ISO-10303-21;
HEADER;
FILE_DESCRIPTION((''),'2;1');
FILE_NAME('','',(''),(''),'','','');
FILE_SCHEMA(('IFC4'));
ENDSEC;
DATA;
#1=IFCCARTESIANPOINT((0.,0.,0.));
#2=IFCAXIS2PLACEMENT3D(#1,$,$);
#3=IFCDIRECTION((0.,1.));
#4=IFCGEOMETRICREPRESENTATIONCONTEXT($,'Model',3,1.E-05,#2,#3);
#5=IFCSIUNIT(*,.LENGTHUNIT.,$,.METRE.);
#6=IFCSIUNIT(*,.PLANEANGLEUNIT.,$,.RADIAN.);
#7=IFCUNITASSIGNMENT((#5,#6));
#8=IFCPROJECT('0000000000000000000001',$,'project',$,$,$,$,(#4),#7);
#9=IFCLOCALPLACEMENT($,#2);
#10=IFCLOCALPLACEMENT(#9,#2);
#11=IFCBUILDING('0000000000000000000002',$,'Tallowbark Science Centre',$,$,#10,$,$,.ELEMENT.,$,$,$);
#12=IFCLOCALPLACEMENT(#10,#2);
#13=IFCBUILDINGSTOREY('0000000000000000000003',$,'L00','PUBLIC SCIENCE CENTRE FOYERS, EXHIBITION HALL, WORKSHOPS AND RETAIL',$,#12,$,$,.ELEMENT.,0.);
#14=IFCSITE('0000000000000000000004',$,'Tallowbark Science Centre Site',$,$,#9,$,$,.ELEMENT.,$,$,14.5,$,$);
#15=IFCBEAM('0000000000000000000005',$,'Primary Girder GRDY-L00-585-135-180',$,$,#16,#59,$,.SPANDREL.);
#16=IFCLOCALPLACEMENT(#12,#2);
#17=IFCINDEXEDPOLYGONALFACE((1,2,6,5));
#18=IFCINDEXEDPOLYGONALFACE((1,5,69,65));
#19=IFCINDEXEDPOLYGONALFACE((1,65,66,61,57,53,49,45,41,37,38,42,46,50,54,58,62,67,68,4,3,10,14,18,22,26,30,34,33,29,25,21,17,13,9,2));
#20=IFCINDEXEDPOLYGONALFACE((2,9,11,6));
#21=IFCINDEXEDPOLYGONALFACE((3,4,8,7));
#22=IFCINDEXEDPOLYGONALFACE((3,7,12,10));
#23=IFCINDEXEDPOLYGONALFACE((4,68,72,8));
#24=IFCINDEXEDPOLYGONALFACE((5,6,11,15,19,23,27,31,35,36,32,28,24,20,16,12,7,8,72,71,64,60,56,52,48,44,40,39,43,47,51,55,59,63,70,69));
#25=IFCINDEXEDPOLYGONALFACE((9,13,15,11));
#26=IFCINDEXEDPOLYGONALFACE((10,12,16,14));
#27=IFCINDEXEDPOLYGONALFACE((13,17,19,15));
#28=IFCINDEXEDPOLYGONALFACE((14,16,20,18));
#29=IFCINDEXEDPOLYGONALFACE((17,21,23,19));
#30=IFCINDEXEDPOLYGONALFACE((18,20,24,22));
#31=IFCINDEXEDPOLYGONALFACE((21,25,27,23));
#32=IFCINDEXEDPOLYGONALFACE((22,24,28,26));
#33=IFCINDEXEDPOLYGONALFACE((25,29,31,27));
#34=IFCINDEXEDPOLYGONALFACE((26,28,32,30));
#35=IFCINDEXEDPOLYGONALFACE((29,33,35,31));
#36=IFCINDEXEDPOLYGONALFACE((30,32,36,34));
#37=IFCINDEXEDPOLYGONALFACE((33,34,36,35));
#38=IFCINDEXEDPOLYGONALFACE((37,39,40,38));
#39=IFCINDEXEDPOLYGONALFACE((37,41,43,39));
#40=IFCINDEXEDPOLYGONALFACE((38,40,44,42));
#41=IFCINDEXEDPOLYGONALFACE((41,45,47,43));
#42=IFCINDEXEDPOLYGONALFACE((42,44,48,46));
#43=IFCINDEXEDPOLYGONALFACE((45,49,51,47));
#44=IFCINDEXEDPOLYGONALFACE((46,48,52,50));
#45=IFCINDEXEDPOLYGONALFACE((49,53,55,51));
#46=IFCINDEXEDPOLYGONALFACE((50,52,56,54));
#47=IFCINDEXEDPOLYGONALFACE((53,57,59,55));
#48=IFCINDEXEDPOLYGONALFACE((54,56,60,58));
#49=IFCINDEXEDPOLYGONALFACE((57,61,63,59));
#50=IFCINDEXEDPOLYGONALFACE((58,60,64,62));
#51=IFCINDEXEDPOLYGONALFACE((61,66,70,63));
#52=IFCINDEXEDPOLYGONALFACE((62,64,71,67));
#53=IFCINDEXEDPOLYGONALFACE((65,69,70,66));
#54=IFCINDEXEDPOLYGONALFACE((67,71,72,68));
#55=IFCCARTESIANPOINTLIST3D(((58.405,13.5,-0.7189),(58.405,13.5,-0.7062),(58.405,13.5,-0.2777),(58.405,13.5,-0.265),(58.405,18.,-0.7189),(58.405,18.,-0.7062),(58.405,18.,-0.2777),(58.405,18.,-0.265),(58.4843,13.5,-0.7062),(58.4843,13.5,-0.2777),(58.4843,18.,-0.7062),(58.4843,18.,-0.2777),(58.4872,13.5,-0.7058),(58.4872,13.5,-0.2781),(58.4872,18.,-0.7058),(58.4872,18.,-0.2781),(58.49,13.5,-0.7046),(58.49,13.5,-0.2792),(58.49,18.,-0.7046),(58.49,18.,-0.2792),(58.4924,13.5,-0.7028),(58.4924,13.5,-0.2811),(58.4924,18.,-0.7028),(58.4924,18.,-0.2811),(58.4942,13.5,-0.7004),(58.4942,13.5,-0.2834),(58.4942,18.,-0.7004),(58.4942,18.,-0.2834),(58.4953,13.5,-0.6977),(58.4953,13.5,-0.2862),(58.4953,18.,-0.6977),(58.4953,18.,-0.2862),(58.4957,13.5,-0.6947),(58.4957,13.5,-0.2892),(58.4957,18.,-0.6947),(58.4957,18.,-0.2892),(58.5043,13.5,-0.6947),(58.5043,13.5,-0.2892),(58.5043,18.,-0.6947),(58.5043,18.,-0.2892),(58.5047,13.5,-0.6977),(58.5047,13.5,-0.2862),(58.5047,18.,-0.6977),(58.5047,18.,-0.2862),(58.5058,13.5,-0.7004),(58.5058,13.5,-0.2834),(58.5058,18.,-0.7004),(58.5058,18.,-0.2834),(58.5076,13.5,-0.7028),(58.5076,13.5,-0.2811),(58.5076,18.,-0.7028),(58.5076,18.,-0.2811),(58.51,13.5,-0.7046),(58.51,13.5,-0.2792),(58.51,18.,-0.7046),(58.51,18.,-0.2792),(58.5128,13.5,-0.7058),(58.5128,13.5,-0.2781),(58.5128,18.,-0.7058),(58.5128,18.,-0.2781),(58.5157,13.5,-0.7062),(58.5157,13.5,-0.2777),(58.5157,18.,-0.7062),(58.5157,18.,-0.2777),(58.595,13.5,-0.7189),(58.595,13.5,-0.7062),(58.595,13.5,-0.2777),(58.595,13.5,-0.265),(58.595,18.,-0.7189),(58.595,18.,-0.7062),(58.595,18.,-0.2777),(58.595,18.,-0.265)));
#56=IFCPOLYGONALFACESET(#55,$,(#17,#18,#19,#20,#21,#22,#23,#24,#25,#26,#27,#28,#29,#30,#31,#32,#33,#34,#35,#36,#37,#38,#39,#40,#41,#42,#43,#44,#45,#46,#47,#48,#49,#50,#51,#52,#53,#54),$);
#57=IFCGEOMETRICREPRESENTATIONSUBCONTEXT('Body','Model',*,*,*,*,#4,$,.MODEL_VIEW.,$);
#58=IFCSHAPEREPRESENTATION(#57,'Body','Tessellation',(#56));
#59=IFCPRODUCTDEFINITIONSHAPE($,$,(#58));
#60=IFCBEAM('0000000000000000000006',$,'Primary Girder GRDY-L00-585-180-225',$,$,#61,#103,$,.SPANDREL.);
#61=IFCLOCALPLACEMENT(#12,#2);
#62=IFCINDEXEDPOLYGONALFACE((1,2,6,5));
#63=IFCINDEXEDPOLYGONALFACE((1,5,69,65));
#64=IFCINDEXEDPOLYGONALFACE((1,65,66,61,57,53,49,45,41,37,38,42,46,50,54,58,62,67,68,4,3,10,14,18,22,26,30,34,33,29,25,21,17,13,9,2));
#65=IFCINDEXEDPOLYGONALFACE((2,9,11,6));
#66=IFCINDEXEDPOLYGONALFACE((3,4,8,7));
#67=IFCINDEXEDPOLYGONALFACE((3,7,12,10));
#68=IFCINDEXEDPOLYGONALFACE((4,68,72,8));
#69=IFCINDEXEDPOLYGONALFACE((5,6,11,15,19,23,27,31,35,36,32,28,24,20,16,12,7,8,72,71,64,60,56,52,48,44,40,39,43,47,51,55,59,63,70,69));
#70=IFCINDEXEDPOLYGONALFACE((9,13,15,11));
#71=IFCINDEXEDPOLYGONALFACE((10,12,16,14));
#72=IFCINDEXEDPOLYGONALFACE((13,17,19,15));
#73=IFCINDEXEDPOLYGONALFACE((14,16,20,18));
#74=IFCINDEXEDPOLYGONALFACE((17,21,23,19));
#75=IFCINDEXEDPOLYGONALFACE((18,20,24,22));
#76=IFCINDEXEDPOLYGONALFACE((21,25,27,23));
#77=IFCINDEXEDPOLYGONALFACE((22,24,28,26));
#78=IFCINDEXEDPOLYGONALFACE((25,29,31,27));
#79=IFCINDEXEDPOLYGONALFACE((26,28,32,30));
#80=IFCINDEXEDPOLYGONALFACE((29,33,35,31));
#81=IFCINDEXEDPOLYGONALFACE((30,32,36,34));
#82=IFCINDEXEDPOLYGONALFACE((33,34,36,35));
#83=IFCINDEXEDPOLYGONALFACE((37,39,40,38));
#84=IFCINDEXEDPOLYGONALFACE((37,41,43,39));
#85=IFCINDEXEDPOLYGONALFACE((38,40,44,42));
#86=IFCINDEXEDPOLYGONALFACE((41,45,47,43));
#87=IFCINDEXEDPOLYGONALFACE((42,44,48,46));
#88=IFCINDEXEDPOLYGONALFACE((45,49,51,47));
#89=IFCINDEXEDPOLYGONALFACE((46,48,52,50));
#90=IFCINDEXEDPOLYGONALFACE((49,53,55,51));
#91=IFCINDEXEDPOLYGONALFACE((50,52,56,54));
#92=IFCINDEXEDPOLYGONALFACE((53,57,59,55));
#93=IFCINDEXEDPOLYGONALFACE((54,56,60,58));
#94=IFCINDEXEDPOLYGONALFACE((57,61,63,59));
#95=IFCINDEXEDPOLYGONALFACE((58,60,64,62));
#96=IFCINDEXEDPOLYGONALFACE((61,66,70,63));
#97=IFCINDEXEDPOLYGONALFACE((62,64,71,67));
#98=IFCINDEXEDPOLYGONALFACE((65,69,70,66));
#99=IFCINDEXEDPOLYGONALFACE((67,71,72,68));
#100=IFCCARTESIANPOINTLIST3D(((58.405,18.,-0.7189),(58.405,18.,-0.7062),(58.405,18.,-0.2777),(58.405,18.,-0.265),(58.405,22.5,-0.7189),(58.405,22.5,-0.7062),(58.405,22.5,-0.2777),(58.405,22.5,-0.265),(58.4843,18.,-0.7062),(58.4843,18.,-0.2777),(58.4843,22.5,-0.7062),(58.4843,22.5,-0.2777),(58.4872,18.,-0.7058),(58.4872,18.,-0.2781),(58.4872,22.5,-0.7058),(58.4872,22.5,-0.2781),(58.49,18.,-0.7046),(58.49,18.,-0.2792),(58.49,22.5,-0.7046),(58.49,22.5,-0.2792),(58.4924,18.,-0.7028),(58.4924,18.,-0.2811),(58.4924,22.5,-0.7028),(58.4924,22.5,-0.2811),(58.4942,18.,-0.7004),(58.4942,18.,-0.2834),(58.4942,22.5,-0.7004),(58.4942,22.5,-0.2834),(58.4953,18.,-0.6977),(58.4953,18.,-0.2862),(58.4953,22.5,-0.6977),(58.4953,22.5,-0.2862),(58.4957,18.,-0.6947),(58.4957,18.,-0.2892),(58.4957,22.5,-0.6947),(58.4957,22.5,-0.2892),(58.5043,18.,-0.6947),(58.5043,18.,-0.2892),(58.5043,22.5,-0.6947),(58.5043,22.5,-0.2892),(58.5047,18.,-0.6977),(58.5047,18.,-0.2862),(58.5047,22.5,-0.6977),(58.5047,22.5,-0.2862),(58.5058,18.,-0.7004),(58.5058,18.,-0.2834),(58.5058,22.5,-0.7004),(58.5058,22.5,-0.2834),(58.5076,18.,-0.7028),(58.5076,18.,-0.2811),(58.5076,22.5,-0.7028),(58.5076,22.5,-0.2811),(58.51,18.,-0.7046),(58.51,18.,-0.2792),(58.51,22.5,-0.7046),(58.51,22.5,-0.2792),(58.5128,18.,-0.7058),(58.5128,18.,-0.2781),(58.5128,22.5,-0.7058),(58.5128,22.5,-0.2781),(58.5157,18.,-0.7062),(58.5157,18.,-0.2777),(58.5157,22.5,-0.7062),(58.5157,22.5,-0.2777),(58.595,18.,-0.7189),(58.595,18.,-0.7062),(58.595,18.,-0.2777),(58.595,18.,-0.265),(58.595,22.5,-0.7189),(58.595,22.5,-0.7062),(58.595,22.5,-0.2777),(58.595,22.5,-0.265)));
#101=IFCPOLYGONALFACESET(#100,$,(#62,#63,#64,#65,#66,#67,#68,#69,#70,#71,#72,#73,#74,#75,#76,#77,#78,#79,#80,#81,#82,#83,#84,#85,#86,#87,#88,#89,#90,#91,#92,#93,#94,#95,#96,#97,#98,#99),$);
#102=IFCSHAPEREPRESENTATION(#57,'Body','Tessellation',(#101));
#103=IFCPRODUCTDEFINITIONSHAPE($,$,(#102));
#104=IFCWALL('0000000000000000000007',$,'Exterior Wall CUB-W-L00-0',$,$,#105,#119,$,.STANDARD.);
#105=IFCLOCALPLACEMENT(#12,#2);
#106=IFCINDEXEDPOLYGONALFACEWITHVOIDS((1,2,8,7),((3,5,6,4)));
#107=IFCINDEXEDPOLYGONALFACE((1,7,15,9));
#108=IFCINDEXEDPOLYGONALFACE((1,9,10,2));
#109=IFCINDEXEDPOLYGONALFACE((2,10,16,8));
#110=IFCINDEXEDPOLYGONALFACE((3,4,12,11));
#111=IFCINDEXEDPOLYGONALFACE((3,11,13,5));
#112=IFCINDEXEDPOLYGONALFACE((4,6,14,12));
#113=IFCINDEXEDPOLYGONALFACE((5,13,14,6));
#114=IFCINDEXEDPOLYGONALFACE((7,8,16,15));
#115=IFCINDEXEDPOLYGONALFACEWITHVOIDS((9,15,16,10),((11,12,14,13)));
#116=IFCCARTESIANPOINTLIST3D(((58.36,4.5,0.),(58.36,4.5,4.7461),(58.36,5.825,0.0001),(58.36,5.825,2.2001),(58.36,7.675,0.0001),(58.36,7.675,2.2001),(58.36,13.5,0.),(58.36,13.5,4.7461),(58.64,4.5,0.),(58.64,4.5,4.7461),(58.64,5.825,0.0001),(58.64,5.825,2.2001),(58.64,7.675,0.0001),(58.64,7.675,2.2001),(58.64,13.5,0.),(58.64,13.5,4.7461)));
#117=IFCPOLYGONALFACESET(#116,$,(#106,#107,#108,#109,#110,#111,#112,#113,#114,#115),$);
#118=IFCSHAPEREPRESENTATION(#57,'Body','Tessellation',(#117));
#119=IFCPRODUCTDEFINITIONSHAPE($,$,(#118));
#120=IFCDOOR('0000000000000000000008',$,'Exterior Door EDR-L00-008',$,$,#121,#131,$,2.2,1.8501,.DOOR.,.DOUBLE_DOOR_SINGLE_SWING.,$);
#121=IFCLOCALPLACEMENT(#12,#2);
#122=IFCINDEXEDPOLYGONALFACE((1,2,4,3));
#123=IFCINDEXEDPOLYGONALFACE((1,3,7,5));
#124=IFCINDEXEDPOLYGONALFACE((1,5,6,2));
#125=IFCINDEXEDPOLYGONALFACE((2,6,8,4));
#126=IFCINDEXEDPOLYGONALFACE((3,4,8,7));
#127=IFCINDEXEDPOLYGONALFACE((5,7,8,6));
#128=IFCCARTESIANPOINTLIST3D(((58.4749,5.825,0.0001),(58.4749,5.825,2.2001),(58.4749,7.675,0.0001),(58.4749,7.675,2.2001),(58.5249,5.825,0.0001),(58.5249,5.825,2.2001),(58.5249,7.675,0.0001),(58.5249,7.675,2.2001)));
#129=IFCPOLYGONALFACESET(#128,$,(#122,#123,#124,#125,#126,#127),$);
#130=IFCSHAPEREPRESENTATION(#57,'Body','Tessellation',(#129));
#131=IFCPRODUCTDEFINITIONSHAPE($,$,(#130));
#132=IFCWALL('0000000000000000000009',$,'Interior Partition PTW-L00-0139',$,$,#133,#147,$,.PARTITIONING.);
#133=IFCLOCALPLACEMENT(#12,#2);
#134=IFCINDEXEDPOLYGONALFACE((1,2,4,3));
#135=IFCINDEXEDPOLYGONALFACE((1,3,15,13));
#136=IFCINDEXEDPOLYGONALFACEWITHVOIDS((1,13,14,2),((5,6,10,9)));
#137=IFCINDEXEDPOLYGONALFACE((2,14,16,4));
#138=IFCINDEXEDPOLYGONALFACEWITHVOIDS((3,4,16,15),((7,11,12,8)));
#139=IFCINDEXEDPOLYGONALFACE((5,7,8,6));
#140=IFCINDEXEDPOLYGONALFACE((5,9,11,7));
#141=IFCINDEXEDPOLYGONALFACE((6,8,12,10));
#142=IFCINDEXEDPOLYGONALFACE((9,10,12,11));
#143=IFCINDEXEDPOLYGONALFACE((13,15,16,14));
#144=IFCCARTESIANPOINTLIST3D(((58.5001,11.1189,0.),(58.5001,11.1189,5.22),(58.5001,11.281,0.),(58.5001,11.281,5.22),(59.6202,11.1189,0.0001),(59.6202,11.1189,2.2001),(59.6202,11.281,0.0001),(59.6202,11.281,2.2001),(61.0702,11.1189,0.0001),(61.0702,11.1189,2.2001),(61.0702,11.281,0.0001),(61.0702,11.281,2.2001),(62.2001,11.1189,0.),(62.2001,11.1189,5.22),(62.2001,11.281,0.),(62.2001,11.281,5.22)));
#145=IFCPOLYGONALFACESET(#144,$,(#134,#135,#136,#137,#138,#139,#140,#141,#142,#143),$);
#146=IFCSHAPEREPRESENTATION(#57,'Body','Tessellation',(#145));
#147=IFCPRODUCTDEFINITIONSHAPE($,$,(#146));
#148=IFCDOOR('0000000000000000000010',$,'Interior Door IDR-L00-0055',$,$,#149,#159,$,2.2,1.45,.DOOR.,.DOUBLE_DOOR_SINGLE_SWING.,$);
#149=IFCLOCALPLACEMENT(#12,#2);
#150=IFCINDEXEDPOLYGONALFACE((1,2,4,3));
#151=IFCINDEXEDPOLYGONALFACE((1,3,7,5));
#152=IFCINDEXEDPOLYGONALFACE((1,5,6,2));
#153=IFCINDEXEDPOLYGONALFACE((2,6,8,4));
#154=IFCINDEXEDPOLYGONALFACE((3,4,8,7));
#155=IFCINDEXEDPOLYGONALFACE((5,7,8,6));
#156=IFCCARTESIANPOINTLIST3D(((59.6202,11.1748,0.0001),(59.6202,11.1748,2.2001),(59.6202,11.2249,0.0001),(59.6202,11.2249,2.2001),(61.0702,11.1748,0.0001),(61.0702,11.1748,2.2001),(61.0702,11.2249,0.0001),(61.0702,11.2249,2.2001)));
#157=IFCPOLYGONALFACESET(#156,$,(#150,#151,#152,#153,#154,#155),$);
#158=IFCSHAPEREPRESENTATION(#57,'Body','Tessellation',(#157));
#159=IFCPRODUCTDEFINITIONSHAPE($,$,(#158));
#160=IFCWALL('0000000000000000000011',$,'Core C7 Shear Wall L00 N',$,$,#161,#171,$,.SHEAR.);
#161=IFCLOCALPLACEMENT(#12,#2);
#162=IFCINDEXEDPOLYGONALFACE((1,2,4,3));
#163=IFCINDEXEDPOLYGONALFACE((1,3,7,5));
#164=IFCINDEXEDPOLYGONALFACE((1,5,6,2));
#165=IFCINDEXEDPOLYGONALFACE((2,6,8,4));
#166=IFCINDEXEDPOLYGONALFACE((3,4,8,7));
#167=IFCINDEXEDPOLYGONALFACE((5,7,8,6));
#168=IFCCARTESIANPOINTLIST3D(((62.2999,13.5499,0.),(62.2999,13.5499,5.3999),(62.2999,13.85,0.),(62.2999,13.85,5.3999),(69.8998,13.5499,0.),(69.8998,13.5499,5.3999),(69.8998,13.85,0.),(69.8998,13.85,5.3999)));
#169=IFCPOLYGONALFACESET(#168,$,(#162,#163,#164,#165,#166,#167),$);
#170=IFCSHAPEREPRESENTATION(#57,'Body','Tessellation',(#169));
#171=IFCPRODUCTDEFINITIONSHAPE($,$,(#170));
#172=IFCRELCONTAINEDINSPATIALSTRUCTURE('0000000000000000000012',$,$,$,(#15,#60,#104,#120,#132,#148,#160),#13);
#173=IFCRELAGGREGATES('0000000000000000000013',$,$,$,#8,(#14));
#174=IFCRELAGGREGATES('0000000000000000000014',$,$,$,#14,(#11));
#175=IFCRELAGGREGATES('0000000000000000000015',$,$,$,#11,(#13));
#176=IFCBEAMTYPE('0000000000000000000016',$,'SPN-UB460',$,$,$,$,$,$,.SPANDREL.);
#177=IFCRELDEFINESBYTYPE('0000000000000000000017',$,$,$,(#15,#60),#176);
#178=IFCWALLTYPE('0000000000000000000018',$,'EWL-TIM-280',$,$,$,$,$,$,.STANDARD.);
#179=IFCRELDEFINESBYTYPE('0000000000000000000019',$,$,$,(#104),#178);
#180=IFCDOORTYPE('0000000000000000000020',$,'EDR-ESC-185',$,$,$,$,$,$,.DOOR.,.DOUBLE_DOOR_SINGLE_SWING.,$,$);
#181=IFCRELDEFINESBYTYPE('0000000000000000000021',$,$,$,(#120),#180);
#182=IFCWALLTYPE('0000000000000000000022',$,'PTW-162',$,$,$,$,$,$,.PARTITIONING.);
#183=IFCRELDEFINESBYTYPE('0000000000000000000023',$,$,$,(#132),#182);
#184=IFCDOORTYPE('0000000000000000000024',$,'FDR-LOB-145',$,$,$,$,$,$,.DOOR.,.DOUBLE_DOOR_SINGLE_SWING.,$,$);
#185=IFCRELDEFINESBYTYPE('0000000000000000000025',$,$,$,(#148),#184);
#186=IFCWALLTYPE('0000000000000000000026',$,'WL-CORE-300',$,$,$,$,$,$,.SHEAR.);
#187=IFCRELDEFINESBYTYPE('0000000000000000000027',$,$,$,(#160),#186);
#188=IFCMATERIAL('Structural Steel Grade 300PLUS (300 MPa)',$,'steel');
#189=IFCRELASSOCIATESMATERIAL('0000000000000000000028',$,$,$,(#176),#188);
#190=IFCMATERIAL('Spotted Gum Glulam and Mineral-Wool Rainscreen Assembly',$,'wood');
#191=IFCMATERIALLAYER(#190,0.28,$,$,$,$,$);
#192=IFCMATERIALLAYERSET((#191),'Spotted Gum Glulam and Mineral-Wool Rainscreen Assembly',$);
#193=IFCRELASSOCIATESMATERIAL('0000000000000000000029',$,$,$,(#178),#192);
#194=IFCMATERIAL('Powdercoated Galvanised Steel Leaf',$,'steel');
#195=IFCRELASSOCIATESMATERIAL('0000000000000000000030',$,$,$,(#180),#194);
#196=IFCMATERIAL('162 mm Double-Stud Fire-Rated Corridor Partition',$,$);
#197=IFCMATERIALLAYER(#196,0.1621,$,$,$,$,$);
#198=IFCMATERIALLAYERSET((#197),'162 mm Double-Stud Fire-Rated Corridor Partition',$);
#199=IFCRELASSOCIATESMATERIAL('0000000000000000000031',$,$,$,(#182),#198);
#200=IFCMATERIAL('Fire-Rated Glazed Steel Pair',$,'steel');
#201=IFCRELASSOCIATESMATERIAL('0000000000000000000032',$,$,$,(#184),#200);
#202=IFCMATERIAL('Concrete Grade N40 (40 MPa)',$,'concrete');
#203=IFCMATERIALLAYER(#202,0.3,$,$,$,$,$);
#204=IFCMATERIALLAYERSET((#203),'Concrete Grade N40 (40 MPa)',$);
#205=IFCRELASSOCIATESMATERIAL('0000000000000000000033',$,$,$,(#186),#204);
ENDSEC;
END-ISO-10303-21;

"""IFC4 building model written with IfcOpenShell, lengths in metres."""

from ifc_helpers import new_model, si_unit, direction, frame, frame_2d, origin, origin_2d, place, context, subcontext, project, spatial, rectangle, i_section, extrude, material, layer, layer_set, material_profile, profile_set, type_object, element, fill, save


model = new_model("IFC4")

# Units and contexts
model_context = context("Model", 3, precision=1e-05, world=origin(), true_north=direction((0.0, 1.0)))
body_context = subcontext(model_context, "Body", "Model", "MODEL_VIEW")
ifc_project = project(units=[si_unit("LENGTHUNIT", "METRE"), si_unit("PLANEANGLEUNIT", "RADIAN")], contexts=[model_context])

# Site, building, storey
site_placement = place(None, origin())
site = spatial("IfcSite", under=ifc_project, at=site_placement, Name="Tallowbark Science Centre Site", CompositionType="ELEMENT", RefElevation=14.5)
building_placement = place(site_placement, origin())
building = spatial("IfcBuilding", under=site, at=building_placement, Name="Tallowbark Science Centre", CompositionType="ELEMENT")
storey_placement = place(building_placement, origin())
storey = spatial("IfcBuildingStorey", under=building, at=storey_placement, Name="L00", Description="PUBLIC SCIENCE CENTRE FOYERS, EXHIBITION HALL, WORKSHOPS AND RETAIL", CompositionType="ELEMENT", Elevation=0.0)

# Shared definitions
ifc_material_1 = material(Name="Structural Steel Grade 300PLUS (300 MPa)", Category="steel")

# Beams
ifc_material_profile_1 = material_profile(ifc_material_1, i_section(OverallWidth=0.1899, OverallDepth=0.4539, WebThickness=0.0085, FlangeThickness=0.0127, FilletRadius=0.0115, at=origin_2d()), Name="460UB67.1")
ifc_profile_set_1 = profile_set([ifc_material_profile_1], Name="Structural Steel Grade 300PLUS (300 MPa)")
beam_type = type_object("IfcBeamType", Name="SPN-UB460", PredefinedType="SPANDREL", material=ifc_profile_set_1)
for number, where, z_axis, x_axis, name in (
    (1, (58.5, 13.5, -0.4919), (0.0, 1.0, 0.0), (-1.0, 0.0, 0.0), "Primary Girder GRDY-L00-585-135-180"),
    (2, (58.5, 18.0, -0.4919), (0.0, 1.0, 0.0), (-1.0, 0.0, 0.0), "Primary Girder GRDY-L00-585-180-225"),
):
    element("IfcBeam", number, at=place(storey_placement, frame(where, z_axis=z_axis, x_axis=x_axis)), inside=storey, type_object=beam_type, Name=name, PredefinedType="SPANDREL", context=body_context, shape_type="SweptSolid", body=[
        extrude(i_section(OverallWidth=0.1899, OverallDepth=0.4539, WebThickness=0.0085, FlangeThickness=0.0127, FilletRadius=0.0115, at=origin_2d()), origin(), (0.0, 0.0, 1.0), 4.5),
    ])

# Walls, openings, doors
ifc_material_2 = material(Name="Spotted Gum Glulam and Mineral-Wool Rainscreen Assembly", Category="wood")
ifc_layer_1 = layer(ifc_material_2, 0.28)
ifc_layer_set_1 = layer_set([ifc_layer_1], Name="Spotted Gum Glulam and Mineral-Wool Rainscreen Assembly")
wall_type_1 = type_object("IfcWallType", Name="EWL-TIM-280", PredefinedType="STANDARD", material=ifc_layer_set_1)
wall_1_placement = place(storey_placement, frame((58.5, 13.5, 0.0), z_axis=(0.0, 0.0, 1.0), x_axis=(0.0, -1.0, 0.0)))
wall_1 = element("IfcWall", 3, at=wall_1_placement, inside=storey, type_object=wall_type_1, Name="Exterior Wall CUB-W-L00-0", PredefinedType="STANDARD", context=body_context, shape_type="SweptSolid", body=[
    extrude(rectangle(XDim=9.0, YDim=0.28, at=frame_2d((4.5, 0.0))), origin(), (0.0, 0.0, 1.0), 4.7461),
])
opening_1_placement = place(wall_1_placement, frame((5.825, 0.0, 0.0)))
opening_1 = element("IfcOpeningElement", 4, at=opening_1_placement, cuts=wall_1, PredefinedType="OPENING", context=body_context, shape_type="SweptSolid", body=[
    extrude(rectangle(XDim=1.8501, YDim=2.2, at=frame_2d((0.925, 1.1001))), frame((0.0, 0.1499, 0.0), z_axis=(0.0, -1.0, 0.0), x_axis=(1.0, 0.0, 0.0)), (0.0, 0.0, 1.0), 0.3),
])
ifc_material_3 = material(Name="Powdercoated Galvanised Steel Leaf", Category="steel")
door_type_1 = type_object("IfcDoorType", Name="EDR-ESC-185", OperationType="DOUBLE_DOOR_SINGLE_SWING", PredefinedType="DOOR", material=ifc_material_3)
door_1_placement = place(opening_1_placement, origin())
door_1 = element("IfcDoor", 5, at=door_1_placement, inside=storey, type_object=door_type_1, Name="Exterior Door EDR-L00-008", OperationType="DOUBLE_DOOR_SINGLE_SWING", OverallHeight=2.2, OverallWidth=1.8501, PredefinedType="DOOR", context=body_context, shape_type="SweptSolid", body=[
    extrude(rectangle(XDim=1.8501, YDim=2.2, at=frame_2d((0.925, 1.1001))), frame((0.0, 0.0249, 0.0), z_axis=(0.0, -1.0, 0.0), x_axis=(1.0, 0.0, 0.0)), (0.0, 0.0, 1.0), 0.05),
])
fill(opening_1, door_1)
ifc_material_4 = material(Name="162 mm Double-Stud Fire-Rated Corridor Partition")
ifc_layer_2 = layer(ifc_material_4, 0.1621)
ifc_layer_set_2 = layer_set([ifc_layer_2], Name="162 mm Double-Stud Fire-Rated Corridor Partition")
wall_type_2 = type_object("IfcWallType", Name="PTW-162", PredefinedType="PARTITIONING", material=ifc_layer_set_2)
wall_2_placement = place(storey_placement, frame((58.5, 11.2, 0.0), z_axis=(0.0, 0.0, 1.0), x_axis=(1.0, 0.0, 0.0)))
wall_2 = element("IfcWall", 6, at=wall_2_placement, inside=storey, type_object=wall_type_2, Name="Interior Partition PTW-L00-0139", PredefinedType="PARTITIONING", context=body_context, shape_type="SweptSolid", body=[
    extrude(rectangle(XDim=3.7, YDim=0.1621, at=frame_2d((1.8501, 0.0))), origin(), (0.0, 0.0, 1.0), 5.22),
])
opening_2_placement = place(wall_2_placement, frame((1.1201, 0.0, 0.0)))
opening_2 = element("IfcOpeningElement", 7, at=opening_2_placement, cuts=wall_2, PredefinedType="OPENING", context=body_context, shape_type="SweptSolid", body=[
    extrude(rectangle(XDim=1.45, YDim=2.2, at=frame_2d((0.7251, 1.1001))), frame((0.0, 0.0911, 0.0), z_axis=(0.0, -1.0, 0.0), x_axis=(1.0, 0.0, 0.0)), (0.0, 0.0, 1.0), 0.1821),
])
ifc_material_5 = material(Name="Fire-Rated Glazed Steel Pair", Category="steel")
door_type_2 = type_object("IfcDoorType", Name="FDR-LOB-145", OperationType="DOUBLE_DOOR_SINGLE_SWING", PredefinedType="DOOR", material=ifc_material_5)
door_2_placement = place(opening_2_placement, origin())
door_2 = element("IfcDoor", 8, at=door_2_placement, inside=storey, type_object=door_type_2, Name="Interior Door IDR-L00-0055", OperationType="DOUBLE_DOOR_SINGLE_SWING", OverallHeight=2.2, OverallWidth=1.45, PredefinedType="DOOR", context=body_context, shape_type="SweptSolid", body=[
    extrude(rectangle(XDim=1.45, YDim=2.2, at=frame_2d((0.7251, 1.1001))), frame((0.0, 0.0249, 0.0), z_axis=(0.0, -1.0, 0.0), x_axis=(1.0, 0.0, 0.0)), (0.0, 0.0, 1.0), 0.05),
])
fill(opening_2, door_2)

# Wall
ifc_material_6 = material(Name="Concrete Grade N40 (40 MPa)", Category="concrete")
ifc_layer_3 = layer(ifc_material_6, 0.3)
ifc_layer_set_3 = layer_set([ifc_layer_3], Name="Concrete Grade N40 (40 MPa)")
wall_type_3 = type_object("IfcWallType", Name="WL-CORE-300", PredefinedType="SHEAR", material=ifc_layer_set_3)
wall_3_placement = place(storey_placement, frame((62.3, 13.7, 0.0), z_axis=(0.0, 0.0, 1.0), x_axis=(1.0, 0.0, 0.0)))
element("IfcWall", 9, at=wall_3_placement, inside=storey, type_object=wall_type_3, Name="Core C7 Shear Wall L00 N", PredefinedType="SHEAR", context=body_context, shape_type="SweptSolid", body=[
    extrude(rectangle(XDim=7.5999, YDim=0.3, at=frame_2d((3.7998, 0.0))), origin(), (0.0, 0.0, 1.0), 5.3999),
])

save(model, "model.ifc")
